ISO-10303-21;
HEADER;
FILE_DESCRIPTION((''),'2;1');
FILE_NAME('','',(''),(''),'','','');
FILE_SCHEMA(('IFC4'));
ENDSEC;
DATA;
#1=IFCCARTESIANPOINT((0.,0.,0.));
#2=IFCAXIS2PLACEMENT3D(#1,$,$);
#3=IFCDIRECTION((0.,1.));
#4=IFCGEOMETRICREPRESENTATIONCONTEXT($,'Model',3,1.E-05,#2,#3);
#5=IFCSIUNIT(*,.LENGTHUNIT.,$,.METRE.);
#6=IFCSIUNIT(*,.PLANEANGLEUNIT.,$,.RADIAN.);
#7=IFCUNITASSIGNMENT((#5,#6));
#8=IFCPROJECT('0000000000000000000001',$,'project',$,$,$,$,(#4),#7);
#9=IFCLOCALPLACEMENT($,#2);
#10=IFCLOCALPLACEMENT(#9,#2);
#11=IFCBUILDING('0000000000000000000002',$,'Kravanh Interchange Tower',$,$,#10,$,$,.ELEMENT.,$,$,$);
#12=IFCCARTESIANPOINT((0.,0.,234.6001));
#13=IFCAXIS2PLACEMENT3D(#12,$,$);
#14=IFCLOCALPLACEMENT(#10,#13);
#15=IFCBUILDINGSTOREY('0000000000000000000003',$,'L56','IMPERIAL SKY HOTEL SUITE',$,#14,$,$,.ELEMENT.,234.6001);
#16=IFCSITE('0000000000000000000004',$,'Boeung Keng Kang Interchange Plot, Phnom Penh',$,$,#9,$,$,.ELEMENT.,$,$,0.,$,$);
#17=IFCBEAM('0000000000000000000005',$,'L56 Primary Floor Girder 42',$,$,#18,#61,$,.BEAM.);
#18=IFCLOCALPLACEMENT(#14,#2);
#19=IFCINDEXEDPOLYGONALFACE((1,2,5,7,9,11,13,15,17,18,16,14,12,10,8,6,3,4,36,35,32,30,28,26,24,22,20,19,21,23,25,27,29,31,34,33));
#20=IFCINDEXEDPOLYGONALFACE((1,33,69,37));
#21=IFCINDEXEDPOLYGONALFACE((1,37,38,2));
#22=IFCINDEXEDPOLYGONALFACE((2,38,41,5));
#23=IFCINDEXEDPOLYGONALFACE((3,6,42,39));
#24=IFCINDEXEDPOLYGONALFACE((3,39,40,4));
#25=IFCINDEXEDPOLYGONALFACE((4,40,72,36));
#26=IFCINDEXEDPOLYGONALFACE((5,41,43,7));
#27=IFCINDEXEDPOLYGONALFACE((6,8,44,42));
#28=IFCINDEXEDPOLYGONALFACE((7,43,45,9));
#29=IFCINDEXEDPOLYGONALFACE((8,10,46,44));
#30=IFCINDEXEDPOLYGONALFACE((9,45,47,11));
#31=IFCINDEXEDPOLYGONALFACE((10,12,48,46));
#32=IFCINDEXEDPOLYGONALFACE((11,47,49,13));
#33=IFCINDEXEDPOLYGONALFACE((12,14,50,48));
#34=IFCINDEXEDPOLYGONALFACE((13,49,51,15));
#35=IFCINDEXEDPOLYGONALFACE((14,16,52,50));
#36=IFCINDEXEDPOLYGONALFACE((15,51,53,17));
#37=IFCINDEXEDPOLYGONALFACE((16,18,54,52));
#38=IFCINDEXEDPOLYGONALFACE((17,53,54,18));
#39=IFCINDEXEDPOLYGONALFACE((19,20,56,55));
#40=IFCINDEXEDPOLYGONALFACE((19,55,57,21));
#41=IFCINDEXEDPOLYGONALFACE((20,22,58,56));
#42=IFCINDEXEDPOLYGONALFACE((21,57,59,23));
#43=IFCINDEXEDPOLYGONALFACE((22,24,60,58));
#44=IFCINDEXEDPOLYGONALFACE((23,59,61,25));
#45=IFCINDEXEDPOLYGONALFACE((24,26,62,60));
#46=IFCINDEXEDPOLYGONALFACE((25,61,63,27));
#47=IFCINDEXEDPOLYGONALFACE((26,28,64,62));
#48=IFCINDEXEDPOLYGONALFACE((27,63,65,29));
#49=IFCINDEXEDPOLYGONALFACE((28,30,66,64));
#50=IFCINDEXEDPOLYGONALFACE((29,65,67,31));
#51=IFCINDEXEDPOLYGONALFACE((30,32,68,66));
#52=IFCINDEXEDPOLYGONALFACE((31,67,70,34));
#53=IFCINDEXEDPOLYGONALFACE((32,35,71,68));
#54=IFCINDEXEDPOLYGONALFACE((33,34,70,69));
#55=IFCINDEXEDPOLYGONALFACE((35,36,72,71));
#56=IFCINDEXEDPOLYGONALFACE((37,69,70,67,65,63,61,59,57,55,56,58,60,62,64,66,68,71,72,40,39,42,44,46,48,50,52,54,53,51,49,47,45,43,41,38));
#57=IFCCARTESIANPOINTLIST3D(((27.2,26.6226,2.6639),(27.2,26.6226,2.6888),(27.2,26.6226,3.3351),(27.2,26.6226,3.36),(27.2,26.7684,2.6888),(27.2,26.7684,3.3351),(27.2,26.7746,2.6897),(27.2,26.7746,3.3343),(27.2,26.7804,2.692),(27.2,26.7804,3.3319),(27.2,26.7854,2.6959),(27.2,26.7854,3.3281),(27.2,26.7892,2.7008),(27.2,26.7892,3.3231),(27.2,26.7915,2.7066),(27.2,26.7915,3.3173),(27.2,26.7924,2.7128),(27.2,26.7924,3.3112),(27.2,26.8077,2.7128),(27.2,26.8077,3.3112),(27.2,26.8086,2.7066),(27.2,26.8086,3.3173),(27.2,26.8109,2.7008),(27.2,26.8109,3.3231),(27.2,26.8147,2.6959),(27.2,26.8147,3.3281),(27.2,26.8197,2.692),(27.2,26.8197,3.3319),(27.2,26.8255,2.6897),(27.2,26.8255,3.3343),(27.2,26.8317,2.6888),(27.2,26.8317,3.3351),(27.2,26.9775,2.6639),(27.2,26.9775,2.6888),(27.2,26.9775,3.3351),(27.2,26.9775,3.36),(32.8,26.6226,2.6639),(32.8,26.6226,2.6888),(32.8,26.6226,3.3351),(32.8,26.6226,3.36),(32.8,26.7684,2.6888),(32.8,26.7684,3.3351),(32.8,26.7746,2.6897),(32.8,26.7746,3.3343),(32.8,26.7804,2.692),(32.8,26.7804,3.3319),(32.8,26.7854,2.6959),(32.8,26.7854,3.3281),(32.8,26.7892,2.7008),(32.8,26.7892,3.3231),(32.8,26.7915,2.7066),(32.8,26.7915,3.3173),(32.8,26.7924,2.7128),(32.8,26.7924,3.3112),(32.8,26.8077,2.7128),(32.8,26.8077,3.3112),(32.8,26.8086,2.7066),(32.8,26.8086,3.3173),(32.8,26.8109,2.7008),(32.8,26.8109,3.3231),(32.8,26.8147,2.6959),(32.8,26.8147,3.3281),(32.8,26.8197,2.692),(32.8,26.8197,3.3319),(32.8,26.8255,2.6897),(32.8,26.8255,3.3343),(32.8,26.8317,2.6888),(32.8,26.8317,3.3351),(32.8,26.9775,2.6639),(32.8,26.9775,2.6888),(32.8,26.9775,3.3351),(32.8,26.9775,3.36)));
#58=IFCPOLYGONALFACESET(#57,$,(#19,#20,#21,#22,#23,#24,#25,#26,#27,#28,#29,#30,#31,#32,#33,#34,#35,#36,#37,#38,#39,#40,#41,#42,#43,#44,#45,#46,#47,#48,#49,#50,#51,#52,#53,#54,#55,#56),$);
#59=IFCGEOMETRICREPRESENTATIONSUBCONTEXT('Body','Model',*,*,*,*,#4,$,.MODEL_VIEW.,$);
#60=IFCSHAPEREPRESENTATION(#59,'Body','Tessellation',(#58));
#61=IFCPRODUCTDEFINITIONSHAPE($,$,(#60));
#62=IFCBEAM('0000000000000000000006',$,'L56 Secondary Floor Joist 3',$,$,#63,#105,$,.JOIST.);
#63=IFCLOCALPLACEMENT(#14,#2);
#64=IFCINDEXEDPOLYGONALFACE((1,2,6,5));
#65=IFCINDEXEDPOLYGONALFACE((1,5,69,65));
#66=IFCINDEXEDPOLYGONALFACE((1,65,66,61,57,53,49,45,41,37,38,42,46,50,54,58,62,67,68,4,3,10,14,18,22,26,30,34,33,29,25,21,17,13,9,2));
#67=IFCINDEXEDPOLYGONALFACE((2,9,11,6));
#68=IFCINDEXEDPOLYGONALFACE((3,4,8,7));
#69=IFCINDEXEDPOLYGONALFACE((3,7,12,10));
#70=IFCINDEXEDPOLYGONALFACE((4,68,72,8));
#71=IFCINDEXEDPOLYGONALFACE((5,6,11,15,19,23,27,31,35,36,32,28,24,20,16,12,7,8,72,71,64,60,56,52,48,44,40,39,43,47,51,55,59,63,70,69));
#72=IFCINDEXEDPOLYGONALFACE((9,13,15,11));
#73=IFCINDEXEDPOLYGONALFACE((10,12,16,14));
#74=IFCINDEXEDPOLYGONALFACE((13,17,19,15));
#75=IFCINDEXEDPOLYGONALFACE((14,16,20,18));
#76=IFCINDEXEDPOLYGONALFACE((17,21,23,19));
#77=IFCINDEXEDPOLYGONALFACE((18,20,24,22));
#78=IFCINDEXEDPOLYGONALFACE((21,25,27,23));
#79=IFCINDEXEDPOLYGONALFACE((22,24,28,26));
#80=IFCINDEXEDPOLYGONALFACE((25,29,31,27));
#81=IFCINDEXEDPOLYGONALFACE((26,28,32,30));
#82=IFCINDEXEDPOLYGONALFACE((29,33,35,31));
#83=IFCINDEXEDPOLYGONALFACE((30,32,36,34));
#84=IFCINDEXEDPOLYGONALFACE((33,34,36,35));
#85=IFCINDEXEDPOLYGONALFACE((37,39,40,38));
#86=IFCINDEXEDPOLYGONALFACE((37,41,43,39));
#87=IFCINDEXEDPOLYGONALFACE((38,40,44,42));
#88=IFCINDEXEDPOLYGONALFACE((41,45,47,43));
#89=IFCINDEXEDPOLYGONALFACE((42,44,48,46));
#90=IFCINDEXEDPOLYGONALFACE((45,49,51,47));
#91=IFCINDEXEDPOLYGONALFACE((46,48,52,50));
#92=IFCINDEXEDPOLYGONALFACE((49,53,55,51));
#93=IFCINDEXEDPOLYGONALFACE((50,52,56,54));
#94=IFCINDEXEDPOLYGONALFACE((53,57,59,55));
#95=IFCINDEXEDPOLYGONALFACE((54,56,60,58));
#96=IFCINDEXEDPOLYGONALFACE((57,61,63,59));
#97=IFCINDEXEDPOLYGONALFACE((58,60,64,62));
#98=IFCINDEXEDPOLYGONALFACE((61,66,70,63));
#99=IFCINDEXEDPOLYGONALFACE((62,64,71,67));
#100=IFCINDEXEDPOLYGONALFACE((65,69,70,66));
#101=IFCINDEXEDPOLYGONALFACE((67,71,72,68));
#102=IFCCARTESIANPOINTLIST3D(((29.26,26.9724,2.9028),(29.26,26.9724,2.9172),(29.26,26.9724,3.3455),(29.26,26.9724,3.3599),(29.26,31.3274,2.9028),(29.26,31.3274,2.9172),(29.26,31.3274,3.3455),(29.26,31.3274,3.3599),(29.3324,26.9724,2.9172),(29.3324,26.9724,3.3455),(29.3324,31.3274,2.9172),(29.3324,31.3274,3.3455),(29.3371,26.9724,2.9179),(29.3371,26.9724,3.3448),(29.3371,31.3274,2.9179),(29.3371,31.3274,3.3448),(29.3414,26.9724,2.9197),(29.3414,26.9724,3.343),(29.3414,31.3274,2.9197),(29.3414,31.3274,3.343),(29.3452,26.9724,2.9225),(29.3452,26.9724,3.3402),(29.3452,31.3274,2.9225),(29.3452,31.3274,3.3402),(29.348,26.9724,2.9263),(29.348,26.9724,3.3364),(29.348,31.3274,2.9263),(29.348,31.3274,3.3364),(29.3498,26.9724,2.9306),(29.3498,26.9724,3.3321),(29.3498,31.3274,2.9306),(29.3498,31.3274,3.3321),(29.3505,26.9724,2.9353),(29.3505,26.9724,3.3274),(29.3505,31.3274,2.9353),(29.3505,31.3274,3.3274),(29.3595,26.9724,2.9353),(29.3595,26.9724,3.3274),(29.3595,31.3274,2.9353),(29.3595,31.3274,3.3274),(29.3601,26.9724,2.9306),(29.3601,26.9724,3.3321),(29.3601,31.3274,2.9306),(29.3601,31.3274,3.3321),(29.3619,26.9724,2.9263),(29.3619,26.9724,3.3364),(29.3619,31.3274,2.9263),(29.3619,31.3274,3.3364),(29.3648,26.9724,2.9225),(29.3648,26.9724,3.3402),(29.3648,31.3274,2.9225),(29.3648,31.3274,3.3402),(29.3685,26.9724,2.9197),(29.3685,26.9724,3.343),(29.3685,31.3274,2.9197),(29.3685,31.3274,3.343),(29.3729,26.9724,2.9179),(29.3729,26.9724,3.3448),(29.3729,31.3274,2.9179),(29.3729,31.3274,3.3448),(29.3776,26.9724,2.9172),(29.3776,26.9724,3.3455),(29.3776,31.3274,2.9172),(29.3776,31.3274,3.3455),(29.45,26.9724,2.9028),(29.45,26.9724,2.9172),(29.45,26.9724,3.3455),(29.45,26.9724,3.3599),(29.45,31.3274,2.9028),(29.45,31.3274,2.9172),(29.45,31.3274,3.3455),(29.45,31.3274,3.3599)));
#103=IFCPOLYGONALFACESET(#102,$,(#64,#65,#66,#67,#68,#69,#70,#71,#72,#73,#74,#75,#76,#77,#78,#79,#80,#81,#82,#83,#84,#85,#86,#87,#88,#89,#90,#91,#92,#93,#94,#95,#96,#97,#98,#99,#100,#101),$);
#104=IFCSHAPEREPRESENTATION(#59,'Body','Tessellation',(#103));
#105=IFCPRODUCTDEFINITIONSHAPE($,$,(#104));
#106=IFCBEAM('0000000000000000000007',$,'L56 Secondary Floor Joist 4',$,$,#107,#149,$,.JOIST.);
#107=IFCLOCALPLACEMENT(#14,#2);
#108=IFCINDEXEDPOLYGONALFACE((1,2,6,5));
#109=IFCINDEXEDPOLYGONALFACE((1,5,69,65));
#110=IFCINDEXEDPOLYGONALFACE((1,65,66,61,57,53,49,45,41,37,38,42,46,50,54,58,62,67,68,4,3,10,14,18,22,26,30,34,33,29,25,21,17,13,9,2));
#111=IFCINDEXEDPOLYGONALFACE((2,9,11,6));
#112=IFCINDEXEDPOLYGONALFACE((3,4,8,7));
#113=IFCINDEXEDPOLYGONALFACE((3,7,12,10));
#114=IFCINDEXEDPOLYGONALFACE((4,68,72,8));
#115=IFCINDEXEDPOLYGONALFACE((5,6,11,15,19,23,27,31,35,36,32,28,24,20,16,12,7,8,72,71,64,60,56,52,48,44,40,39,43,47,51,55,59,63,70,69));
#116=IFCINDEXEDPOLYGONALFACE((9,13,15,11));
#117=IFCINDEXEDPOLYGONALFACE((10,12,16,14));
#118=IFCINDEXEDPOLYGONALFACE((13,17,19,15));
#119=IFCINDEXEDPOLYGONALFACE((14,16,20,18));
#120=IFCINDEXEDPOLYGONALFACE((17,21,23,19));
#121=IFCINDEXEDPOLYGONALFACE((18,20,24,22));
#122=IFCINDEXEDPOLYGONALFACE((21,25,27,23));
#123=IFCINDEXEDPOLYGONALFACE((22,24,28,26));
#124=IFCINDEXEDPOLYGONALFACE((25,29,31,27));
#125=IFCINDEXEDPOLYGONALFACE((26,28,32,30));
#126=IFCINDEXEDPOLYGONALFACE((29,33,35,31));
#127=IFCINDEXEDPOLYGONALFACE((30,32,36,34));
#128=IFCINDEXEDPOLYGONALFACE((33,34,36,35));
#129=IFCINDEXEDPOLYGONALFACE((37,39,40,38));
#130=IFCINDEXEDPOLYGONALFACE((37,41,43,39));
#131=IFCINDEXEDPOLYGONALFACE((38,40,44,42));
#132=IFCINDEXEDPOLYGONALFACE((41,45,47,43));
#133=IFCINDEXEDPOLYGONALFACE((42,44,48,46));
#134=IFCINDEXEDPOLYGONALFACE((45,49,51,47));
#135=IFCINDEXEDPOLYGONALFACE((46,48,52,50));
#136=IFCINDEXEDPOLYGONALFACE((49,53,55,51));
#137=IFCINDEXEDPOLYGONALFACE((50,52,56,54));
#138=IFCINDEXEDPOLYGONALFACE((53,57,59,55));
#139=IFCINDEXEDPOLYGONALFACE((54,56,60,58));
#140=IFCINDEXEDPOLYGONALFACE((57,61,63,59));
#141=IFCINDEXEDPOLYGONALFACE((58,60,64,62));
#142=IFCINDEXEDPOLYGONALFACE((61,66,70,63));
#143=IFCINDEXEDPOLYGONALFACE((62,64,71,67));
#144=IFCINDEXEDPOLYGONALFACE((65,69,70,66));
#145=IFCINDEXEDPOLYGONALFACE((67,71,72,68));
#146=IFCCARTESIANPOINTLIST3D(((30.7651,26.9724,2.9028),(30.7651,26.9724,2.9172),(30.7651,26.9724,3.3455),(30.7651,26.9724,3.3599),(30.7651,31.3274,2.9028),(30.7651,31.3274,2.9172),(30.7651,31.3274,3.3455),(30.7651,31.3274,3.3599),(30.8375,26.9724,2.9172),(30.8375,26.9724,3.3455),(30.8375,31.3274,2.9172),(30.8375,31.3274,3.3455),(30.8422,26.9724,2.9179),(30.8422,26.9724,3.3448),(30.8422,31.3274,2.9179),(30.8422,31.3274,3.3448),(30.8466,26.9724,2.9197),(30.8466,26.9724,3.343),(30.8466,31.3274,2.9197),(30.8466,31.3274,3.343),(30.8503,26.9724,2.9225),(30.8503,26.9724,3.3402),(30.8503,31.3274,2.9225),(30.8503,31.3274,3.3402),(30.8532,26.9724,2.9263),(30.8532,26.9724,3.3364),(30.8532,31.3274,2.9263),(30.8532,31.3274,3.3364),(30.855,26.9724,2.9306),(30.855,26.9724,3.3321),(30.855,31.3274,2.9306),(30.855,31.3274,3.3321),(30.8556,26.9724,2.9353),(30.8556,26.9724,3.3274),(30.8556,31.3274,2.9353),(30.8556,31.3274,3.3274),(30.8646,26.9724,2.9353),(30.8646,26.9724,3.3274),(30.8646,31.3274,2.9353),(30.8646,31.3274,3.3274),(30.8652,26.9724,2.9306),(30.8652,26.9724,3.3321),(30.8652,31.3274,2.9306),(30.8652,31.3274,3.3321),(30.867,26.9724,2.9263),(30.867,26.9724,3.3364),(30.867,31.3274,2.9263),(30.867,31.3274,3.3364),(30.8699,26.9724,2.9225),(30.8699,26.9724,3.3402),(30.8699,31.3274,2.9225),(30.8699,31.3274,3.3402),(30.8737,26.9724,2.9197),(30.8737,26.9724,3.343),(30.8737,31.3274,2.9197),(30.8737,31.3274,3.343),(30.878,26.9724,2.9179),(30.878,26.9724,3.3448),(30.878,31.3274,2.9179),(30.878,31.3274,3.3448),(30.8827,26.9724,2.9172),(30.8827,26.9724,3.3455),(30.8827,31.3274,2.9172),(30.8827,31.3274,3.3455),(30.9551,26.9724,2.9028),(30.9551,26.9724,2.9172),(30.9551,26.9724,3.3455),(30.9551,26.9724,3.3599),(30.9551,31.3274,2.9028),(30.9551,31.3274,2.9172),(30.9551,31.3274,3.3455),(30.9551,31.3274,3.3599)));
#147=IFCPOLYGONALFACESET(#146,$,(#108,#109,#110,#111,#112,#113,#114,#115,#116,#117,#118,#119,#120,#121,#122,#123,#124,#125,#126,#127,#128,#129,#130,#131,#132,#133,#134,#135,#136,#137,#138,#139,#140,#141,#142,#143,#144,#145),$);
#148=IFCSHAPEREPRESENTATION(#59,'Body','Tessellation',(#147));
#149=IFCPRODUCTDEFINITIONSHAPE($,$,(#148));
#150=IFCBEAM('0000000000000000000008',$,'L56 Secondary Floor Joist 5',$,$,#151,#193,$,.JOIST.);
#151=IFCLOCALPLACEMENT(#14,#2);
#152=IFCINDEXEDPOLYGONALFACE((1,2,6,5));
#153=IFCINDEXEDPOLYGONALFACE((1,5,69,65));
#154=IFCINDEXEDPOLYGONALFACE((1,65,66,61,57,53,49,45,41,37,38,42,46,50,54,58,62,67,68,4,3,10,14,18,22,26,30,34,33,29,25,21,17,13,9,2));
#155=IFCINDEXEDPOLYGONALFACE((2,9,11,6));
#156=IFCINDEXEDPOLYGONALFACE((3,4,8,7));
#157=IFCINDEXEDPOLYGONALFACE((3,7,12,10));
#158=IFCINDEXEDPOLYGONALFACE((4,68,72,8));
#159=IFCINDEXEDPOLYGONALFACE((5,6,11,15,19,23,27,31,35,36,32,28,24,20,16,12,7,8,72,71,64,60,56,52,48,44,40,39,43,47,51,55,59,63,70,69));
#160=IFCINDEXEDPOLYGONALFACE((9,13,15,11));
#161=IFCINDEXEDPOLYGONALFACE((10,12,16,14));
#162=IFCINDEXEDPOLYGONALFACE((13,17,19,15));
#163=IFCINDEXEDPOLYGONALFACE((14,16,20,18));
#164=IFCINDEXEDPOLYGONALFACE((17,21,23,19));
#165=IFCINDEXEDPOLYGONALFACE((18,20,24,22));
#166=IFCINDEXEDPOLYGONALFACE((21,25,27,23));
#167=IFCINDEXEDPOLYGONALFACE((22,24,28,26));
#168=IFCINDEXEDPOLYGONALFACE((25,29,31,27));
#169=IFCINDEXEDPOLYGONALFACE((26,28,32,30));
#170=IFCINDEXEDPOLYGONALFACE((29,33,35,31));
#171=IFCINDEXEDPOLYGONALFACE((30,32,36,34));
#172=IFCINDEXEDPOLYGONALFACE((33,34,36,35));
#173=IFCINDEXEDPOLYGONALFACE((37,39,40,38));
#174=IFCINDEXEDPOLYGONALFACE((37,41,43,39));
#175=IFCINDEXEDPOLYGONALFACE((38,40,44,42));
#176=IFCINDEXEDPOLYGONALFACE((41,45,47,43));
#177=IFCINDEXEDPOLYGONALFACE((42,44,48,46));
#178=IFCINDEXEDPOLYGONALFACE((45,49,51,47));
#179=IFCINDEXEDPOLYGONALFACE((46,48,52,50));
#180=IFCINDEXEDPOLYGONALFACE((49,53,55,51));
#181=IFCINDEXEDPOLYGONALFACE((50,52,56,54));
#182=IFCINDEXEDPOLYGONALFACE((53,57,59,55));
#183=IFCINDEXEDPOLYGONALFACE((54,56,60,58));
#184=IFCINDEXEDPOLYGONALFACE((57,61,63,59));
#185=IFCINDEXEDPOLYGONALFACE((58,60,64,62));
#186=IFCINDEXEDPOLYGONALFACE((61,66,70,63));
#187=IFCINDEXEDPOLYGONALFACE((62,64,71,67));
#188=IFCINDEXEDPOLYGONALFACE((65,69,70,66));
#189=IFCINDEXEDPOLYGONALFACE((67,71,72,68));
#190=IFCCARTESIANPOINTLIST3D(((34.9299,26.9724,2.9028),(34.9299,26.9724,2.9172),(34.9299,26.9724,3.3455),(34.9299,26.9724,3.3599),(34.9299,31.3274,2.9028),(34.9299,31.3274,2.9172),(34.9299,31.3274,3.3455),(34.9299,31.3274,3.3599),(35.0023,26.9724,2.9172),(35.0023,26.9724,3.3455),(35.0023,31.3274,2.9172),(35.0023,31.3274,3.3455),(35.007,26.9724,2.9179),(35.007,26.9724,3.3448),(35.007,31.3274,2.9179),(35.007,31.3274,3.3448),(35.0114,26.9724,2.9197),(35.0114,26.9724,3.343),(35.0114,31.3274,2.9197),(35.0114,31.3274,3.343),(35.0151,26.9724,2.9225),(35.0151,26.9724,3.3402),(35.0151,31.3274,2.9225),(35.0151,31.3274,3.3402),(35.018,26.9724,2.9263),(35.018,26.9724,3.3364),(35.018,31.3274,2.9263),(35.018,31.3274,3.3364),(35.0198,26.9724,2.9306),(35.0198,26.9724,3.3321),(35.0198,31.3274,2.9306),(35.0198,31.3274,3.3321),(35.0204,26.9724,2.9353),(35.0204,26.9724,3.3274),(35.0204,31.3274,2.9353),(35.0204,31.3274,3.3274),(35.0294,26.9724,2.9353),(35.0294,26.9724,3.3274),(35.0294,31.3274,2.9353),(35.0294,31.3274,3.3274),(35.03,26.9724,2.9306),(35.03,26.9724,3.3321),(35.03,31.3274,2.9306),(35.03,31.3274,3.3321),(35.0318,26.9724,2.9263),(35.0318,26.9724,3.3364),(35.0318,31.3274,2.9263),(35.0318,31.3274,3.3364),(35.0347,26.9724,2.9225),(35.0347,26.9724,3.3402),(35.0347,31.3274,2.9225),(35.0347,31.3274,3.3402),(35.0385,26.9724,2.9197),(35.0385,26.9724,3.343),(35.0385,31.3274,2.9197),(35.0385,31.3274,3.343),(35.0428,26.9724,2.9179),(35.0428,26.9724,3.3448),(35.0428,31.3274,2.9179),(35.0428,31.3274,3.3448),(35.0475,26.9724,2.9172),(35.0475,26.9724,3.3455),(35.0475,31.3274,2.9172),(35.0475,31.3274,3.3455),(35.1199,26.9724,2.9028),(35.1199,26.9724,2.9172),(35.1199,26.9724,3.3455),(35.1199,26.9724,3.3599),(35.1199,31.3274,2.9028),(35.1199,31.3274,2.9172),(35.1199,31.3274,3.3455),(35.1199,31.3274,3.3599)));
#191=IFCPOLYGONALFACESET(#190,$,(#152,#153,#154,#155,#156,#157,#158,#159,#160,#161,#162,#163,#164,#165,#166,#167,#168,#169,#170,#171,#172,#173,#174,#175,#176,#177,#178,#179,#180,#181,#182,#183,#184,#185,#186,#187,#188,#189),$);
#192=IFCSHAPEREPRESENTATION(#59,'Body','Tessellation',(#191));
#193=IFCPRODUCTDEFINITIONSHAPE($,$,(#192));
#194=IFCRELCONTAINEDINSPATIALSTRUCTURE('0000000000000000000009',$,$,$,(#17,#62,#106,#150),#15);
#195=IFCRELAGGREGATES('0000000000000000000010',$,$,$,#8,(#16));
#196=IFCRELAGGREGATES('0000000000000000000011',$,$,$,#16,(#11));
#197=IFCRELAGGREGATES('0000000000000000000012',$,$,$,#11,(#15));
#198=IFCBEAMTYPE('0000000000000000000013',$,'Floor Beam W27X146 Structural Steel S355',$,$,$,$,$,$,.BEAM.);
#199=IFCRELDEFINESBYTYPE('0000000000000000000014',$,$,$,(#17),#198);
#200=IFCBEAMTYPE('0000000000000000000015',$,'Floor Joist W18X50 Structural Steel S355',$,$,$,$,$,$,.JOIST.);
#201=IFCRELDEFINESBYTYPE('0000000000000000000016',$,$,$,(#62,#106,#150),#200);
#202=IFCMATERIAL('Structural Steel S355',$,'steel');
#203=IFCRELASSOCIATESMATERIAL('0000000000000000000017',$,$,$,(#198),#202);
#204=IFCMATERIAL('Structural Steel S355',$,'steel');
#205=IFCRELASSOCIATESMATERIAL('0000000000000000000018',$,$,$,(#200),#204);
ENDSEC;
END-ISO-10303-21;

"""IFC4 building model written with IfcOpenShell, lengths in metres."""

from ifc_helpers import new_model, si_unit, direction, frame, origin, origin_2d, place, context, subcontext, project, spatial, i_section, extrude, material, material_profile, profile_set, type_object, element, save


model = new_model("IFC4")

# Units and contexts
model_context = context("Model", 3, precision=1e-05, world=origin(), true_north=direction((0.0, 1.0)))
body_context = subcontext(model_context, "Body", "Model", "MODEL_VIEW")
ifc_project = project(units=[si_unit("LENGTHUNIT", "METRE"), si_unit("PLANEANGLEUNIT", "RADIAN")], contexts=[model_context])

# Site, building, storey
site_placement = place(None, origin())
site = spatial("IfcSite", under=ifc_project, at=site_placement, Name="Boeung Keng Kang Interchange Plot, Phnom Penh", CompositionType="ELEMENT", RefElevation=0.0)
building_placement = place(site_placement, origin())
building = spatial("IfcBuilding", under=site, at=building_placement, Name="Kravanh Interchange Tower", CompositionType="ELEMENT")
storey_placement = place(building_placement, frame((0.0, 0.0, 234.6001)))
storey = spatial("IfcBuildingStorey", under=building, at=storey_placement, Name="L56", Description="IMPERIAL SKY HOTEL SUITE", CompositionType="ELEMENT", Elevation=234.6001)

# Beams
ifc_material_1 = material(Name="Structural Steel S355", Category="steel")
ifc_material_profile_1 = material_profile(ifc_material_1, i_section(OverallWidth=0.355, OverallDepth=0.696, WebThickness=0.0154, FlangeThickness=0.0249, FilletRadius=0.0239, at=origin_2d()), Name="W27X146")
ifc_profile_set_1 = profile_set([ifc_material_profile_1], Name="Structural Steel S355")
beam_type_1 = type_object("IfcBeamType", Name="Floor Beam W27X146 Structural Steel S355", PredefinedType="BEAM", material=ifc_profile_set_1)
beam_1_placement = place(storey_placement, frame((27.2, 26.8, 3.012), z_axis=(1.0, 0.0, 0.0), x_axis=(0.0, 1.0, 0.0)))
element("IfcBeam", 1, at=beam_1_placement, inside=storey, type_object=beam_type_1, Name="L56 Primary Floor Girder 42", PredefinedType="BEAM", context=body_context, shape_type="SweptSolid", body=[
    extrude(i_section(OverallWidth=0.355, OverallDepth=0.696, WebThickness=0.0154, FlangeThickness=0.0249, FilletRadius=0.0239, at=origin_2d()), origin(), (0.0, 0.0, 1.0), 5.6001),
])
ifc_material_2 = material(Name="Structural Steel S355", Category="steel")
ifc_material_profile_2 = material_profile(ifc_material_2, i_section(OverallWidth=0.1899, OverallDepth=0.457, WebThickness=0.009, FlangeThickness=0.0144, FilletRadius=0.0181, at=origin_2d()), Name="W18X50")
ifc_profile_set_2 = profile_set([ifc_material_profile_2], Name="Structural Steel S355")
beam_type_2 = type_object("IfcBeamType", Name="Floor Joist W18X50 Structural Steel S355", PredefinedType="JOIST", material=ifc_profile_set_2)
for number, where, z_axis, x_axis, name in (
    (2, (29.355, 26.9724, 3.1313), (0.0, 1.0, 0.0), (-1.0, 0.0, 0.0), "L56 Secondary Floor Joist 3"),
    (3, (30.8601, 26.9724, 3.1313), (0.0, 1.0, 0.0), (-1.0, 0.0, 0.0), "L56 Secondary Floor Joist 4"),
    (4, (35.0249, 26.9724, 3.1313), (0.0, 1.0, 0.0), (-1.0, 0.0, 0.0), "L56 Secondary Floor Joist 5"),
):
    element("IfcBeam", number, at=place(storey_placement, frame(where, z_axis=z_axis, x_axis=x_axis)), inside=storey, type_object=beam_type_2, Name=name, PredefinedType="JOIST", context=body_context, shape_type="SweptSolid", body=[
        extrude(i_section(OverallWidth=0.1899, OverallDepth=0.457, WebThickness=0.009, FlangeThickness=0.0144, FilletRadius=0.0181, at=origin_2d()), origin(), (0.0, 0.0, 1.0), 4.355),
    ])

save(model, "model.ifc")
